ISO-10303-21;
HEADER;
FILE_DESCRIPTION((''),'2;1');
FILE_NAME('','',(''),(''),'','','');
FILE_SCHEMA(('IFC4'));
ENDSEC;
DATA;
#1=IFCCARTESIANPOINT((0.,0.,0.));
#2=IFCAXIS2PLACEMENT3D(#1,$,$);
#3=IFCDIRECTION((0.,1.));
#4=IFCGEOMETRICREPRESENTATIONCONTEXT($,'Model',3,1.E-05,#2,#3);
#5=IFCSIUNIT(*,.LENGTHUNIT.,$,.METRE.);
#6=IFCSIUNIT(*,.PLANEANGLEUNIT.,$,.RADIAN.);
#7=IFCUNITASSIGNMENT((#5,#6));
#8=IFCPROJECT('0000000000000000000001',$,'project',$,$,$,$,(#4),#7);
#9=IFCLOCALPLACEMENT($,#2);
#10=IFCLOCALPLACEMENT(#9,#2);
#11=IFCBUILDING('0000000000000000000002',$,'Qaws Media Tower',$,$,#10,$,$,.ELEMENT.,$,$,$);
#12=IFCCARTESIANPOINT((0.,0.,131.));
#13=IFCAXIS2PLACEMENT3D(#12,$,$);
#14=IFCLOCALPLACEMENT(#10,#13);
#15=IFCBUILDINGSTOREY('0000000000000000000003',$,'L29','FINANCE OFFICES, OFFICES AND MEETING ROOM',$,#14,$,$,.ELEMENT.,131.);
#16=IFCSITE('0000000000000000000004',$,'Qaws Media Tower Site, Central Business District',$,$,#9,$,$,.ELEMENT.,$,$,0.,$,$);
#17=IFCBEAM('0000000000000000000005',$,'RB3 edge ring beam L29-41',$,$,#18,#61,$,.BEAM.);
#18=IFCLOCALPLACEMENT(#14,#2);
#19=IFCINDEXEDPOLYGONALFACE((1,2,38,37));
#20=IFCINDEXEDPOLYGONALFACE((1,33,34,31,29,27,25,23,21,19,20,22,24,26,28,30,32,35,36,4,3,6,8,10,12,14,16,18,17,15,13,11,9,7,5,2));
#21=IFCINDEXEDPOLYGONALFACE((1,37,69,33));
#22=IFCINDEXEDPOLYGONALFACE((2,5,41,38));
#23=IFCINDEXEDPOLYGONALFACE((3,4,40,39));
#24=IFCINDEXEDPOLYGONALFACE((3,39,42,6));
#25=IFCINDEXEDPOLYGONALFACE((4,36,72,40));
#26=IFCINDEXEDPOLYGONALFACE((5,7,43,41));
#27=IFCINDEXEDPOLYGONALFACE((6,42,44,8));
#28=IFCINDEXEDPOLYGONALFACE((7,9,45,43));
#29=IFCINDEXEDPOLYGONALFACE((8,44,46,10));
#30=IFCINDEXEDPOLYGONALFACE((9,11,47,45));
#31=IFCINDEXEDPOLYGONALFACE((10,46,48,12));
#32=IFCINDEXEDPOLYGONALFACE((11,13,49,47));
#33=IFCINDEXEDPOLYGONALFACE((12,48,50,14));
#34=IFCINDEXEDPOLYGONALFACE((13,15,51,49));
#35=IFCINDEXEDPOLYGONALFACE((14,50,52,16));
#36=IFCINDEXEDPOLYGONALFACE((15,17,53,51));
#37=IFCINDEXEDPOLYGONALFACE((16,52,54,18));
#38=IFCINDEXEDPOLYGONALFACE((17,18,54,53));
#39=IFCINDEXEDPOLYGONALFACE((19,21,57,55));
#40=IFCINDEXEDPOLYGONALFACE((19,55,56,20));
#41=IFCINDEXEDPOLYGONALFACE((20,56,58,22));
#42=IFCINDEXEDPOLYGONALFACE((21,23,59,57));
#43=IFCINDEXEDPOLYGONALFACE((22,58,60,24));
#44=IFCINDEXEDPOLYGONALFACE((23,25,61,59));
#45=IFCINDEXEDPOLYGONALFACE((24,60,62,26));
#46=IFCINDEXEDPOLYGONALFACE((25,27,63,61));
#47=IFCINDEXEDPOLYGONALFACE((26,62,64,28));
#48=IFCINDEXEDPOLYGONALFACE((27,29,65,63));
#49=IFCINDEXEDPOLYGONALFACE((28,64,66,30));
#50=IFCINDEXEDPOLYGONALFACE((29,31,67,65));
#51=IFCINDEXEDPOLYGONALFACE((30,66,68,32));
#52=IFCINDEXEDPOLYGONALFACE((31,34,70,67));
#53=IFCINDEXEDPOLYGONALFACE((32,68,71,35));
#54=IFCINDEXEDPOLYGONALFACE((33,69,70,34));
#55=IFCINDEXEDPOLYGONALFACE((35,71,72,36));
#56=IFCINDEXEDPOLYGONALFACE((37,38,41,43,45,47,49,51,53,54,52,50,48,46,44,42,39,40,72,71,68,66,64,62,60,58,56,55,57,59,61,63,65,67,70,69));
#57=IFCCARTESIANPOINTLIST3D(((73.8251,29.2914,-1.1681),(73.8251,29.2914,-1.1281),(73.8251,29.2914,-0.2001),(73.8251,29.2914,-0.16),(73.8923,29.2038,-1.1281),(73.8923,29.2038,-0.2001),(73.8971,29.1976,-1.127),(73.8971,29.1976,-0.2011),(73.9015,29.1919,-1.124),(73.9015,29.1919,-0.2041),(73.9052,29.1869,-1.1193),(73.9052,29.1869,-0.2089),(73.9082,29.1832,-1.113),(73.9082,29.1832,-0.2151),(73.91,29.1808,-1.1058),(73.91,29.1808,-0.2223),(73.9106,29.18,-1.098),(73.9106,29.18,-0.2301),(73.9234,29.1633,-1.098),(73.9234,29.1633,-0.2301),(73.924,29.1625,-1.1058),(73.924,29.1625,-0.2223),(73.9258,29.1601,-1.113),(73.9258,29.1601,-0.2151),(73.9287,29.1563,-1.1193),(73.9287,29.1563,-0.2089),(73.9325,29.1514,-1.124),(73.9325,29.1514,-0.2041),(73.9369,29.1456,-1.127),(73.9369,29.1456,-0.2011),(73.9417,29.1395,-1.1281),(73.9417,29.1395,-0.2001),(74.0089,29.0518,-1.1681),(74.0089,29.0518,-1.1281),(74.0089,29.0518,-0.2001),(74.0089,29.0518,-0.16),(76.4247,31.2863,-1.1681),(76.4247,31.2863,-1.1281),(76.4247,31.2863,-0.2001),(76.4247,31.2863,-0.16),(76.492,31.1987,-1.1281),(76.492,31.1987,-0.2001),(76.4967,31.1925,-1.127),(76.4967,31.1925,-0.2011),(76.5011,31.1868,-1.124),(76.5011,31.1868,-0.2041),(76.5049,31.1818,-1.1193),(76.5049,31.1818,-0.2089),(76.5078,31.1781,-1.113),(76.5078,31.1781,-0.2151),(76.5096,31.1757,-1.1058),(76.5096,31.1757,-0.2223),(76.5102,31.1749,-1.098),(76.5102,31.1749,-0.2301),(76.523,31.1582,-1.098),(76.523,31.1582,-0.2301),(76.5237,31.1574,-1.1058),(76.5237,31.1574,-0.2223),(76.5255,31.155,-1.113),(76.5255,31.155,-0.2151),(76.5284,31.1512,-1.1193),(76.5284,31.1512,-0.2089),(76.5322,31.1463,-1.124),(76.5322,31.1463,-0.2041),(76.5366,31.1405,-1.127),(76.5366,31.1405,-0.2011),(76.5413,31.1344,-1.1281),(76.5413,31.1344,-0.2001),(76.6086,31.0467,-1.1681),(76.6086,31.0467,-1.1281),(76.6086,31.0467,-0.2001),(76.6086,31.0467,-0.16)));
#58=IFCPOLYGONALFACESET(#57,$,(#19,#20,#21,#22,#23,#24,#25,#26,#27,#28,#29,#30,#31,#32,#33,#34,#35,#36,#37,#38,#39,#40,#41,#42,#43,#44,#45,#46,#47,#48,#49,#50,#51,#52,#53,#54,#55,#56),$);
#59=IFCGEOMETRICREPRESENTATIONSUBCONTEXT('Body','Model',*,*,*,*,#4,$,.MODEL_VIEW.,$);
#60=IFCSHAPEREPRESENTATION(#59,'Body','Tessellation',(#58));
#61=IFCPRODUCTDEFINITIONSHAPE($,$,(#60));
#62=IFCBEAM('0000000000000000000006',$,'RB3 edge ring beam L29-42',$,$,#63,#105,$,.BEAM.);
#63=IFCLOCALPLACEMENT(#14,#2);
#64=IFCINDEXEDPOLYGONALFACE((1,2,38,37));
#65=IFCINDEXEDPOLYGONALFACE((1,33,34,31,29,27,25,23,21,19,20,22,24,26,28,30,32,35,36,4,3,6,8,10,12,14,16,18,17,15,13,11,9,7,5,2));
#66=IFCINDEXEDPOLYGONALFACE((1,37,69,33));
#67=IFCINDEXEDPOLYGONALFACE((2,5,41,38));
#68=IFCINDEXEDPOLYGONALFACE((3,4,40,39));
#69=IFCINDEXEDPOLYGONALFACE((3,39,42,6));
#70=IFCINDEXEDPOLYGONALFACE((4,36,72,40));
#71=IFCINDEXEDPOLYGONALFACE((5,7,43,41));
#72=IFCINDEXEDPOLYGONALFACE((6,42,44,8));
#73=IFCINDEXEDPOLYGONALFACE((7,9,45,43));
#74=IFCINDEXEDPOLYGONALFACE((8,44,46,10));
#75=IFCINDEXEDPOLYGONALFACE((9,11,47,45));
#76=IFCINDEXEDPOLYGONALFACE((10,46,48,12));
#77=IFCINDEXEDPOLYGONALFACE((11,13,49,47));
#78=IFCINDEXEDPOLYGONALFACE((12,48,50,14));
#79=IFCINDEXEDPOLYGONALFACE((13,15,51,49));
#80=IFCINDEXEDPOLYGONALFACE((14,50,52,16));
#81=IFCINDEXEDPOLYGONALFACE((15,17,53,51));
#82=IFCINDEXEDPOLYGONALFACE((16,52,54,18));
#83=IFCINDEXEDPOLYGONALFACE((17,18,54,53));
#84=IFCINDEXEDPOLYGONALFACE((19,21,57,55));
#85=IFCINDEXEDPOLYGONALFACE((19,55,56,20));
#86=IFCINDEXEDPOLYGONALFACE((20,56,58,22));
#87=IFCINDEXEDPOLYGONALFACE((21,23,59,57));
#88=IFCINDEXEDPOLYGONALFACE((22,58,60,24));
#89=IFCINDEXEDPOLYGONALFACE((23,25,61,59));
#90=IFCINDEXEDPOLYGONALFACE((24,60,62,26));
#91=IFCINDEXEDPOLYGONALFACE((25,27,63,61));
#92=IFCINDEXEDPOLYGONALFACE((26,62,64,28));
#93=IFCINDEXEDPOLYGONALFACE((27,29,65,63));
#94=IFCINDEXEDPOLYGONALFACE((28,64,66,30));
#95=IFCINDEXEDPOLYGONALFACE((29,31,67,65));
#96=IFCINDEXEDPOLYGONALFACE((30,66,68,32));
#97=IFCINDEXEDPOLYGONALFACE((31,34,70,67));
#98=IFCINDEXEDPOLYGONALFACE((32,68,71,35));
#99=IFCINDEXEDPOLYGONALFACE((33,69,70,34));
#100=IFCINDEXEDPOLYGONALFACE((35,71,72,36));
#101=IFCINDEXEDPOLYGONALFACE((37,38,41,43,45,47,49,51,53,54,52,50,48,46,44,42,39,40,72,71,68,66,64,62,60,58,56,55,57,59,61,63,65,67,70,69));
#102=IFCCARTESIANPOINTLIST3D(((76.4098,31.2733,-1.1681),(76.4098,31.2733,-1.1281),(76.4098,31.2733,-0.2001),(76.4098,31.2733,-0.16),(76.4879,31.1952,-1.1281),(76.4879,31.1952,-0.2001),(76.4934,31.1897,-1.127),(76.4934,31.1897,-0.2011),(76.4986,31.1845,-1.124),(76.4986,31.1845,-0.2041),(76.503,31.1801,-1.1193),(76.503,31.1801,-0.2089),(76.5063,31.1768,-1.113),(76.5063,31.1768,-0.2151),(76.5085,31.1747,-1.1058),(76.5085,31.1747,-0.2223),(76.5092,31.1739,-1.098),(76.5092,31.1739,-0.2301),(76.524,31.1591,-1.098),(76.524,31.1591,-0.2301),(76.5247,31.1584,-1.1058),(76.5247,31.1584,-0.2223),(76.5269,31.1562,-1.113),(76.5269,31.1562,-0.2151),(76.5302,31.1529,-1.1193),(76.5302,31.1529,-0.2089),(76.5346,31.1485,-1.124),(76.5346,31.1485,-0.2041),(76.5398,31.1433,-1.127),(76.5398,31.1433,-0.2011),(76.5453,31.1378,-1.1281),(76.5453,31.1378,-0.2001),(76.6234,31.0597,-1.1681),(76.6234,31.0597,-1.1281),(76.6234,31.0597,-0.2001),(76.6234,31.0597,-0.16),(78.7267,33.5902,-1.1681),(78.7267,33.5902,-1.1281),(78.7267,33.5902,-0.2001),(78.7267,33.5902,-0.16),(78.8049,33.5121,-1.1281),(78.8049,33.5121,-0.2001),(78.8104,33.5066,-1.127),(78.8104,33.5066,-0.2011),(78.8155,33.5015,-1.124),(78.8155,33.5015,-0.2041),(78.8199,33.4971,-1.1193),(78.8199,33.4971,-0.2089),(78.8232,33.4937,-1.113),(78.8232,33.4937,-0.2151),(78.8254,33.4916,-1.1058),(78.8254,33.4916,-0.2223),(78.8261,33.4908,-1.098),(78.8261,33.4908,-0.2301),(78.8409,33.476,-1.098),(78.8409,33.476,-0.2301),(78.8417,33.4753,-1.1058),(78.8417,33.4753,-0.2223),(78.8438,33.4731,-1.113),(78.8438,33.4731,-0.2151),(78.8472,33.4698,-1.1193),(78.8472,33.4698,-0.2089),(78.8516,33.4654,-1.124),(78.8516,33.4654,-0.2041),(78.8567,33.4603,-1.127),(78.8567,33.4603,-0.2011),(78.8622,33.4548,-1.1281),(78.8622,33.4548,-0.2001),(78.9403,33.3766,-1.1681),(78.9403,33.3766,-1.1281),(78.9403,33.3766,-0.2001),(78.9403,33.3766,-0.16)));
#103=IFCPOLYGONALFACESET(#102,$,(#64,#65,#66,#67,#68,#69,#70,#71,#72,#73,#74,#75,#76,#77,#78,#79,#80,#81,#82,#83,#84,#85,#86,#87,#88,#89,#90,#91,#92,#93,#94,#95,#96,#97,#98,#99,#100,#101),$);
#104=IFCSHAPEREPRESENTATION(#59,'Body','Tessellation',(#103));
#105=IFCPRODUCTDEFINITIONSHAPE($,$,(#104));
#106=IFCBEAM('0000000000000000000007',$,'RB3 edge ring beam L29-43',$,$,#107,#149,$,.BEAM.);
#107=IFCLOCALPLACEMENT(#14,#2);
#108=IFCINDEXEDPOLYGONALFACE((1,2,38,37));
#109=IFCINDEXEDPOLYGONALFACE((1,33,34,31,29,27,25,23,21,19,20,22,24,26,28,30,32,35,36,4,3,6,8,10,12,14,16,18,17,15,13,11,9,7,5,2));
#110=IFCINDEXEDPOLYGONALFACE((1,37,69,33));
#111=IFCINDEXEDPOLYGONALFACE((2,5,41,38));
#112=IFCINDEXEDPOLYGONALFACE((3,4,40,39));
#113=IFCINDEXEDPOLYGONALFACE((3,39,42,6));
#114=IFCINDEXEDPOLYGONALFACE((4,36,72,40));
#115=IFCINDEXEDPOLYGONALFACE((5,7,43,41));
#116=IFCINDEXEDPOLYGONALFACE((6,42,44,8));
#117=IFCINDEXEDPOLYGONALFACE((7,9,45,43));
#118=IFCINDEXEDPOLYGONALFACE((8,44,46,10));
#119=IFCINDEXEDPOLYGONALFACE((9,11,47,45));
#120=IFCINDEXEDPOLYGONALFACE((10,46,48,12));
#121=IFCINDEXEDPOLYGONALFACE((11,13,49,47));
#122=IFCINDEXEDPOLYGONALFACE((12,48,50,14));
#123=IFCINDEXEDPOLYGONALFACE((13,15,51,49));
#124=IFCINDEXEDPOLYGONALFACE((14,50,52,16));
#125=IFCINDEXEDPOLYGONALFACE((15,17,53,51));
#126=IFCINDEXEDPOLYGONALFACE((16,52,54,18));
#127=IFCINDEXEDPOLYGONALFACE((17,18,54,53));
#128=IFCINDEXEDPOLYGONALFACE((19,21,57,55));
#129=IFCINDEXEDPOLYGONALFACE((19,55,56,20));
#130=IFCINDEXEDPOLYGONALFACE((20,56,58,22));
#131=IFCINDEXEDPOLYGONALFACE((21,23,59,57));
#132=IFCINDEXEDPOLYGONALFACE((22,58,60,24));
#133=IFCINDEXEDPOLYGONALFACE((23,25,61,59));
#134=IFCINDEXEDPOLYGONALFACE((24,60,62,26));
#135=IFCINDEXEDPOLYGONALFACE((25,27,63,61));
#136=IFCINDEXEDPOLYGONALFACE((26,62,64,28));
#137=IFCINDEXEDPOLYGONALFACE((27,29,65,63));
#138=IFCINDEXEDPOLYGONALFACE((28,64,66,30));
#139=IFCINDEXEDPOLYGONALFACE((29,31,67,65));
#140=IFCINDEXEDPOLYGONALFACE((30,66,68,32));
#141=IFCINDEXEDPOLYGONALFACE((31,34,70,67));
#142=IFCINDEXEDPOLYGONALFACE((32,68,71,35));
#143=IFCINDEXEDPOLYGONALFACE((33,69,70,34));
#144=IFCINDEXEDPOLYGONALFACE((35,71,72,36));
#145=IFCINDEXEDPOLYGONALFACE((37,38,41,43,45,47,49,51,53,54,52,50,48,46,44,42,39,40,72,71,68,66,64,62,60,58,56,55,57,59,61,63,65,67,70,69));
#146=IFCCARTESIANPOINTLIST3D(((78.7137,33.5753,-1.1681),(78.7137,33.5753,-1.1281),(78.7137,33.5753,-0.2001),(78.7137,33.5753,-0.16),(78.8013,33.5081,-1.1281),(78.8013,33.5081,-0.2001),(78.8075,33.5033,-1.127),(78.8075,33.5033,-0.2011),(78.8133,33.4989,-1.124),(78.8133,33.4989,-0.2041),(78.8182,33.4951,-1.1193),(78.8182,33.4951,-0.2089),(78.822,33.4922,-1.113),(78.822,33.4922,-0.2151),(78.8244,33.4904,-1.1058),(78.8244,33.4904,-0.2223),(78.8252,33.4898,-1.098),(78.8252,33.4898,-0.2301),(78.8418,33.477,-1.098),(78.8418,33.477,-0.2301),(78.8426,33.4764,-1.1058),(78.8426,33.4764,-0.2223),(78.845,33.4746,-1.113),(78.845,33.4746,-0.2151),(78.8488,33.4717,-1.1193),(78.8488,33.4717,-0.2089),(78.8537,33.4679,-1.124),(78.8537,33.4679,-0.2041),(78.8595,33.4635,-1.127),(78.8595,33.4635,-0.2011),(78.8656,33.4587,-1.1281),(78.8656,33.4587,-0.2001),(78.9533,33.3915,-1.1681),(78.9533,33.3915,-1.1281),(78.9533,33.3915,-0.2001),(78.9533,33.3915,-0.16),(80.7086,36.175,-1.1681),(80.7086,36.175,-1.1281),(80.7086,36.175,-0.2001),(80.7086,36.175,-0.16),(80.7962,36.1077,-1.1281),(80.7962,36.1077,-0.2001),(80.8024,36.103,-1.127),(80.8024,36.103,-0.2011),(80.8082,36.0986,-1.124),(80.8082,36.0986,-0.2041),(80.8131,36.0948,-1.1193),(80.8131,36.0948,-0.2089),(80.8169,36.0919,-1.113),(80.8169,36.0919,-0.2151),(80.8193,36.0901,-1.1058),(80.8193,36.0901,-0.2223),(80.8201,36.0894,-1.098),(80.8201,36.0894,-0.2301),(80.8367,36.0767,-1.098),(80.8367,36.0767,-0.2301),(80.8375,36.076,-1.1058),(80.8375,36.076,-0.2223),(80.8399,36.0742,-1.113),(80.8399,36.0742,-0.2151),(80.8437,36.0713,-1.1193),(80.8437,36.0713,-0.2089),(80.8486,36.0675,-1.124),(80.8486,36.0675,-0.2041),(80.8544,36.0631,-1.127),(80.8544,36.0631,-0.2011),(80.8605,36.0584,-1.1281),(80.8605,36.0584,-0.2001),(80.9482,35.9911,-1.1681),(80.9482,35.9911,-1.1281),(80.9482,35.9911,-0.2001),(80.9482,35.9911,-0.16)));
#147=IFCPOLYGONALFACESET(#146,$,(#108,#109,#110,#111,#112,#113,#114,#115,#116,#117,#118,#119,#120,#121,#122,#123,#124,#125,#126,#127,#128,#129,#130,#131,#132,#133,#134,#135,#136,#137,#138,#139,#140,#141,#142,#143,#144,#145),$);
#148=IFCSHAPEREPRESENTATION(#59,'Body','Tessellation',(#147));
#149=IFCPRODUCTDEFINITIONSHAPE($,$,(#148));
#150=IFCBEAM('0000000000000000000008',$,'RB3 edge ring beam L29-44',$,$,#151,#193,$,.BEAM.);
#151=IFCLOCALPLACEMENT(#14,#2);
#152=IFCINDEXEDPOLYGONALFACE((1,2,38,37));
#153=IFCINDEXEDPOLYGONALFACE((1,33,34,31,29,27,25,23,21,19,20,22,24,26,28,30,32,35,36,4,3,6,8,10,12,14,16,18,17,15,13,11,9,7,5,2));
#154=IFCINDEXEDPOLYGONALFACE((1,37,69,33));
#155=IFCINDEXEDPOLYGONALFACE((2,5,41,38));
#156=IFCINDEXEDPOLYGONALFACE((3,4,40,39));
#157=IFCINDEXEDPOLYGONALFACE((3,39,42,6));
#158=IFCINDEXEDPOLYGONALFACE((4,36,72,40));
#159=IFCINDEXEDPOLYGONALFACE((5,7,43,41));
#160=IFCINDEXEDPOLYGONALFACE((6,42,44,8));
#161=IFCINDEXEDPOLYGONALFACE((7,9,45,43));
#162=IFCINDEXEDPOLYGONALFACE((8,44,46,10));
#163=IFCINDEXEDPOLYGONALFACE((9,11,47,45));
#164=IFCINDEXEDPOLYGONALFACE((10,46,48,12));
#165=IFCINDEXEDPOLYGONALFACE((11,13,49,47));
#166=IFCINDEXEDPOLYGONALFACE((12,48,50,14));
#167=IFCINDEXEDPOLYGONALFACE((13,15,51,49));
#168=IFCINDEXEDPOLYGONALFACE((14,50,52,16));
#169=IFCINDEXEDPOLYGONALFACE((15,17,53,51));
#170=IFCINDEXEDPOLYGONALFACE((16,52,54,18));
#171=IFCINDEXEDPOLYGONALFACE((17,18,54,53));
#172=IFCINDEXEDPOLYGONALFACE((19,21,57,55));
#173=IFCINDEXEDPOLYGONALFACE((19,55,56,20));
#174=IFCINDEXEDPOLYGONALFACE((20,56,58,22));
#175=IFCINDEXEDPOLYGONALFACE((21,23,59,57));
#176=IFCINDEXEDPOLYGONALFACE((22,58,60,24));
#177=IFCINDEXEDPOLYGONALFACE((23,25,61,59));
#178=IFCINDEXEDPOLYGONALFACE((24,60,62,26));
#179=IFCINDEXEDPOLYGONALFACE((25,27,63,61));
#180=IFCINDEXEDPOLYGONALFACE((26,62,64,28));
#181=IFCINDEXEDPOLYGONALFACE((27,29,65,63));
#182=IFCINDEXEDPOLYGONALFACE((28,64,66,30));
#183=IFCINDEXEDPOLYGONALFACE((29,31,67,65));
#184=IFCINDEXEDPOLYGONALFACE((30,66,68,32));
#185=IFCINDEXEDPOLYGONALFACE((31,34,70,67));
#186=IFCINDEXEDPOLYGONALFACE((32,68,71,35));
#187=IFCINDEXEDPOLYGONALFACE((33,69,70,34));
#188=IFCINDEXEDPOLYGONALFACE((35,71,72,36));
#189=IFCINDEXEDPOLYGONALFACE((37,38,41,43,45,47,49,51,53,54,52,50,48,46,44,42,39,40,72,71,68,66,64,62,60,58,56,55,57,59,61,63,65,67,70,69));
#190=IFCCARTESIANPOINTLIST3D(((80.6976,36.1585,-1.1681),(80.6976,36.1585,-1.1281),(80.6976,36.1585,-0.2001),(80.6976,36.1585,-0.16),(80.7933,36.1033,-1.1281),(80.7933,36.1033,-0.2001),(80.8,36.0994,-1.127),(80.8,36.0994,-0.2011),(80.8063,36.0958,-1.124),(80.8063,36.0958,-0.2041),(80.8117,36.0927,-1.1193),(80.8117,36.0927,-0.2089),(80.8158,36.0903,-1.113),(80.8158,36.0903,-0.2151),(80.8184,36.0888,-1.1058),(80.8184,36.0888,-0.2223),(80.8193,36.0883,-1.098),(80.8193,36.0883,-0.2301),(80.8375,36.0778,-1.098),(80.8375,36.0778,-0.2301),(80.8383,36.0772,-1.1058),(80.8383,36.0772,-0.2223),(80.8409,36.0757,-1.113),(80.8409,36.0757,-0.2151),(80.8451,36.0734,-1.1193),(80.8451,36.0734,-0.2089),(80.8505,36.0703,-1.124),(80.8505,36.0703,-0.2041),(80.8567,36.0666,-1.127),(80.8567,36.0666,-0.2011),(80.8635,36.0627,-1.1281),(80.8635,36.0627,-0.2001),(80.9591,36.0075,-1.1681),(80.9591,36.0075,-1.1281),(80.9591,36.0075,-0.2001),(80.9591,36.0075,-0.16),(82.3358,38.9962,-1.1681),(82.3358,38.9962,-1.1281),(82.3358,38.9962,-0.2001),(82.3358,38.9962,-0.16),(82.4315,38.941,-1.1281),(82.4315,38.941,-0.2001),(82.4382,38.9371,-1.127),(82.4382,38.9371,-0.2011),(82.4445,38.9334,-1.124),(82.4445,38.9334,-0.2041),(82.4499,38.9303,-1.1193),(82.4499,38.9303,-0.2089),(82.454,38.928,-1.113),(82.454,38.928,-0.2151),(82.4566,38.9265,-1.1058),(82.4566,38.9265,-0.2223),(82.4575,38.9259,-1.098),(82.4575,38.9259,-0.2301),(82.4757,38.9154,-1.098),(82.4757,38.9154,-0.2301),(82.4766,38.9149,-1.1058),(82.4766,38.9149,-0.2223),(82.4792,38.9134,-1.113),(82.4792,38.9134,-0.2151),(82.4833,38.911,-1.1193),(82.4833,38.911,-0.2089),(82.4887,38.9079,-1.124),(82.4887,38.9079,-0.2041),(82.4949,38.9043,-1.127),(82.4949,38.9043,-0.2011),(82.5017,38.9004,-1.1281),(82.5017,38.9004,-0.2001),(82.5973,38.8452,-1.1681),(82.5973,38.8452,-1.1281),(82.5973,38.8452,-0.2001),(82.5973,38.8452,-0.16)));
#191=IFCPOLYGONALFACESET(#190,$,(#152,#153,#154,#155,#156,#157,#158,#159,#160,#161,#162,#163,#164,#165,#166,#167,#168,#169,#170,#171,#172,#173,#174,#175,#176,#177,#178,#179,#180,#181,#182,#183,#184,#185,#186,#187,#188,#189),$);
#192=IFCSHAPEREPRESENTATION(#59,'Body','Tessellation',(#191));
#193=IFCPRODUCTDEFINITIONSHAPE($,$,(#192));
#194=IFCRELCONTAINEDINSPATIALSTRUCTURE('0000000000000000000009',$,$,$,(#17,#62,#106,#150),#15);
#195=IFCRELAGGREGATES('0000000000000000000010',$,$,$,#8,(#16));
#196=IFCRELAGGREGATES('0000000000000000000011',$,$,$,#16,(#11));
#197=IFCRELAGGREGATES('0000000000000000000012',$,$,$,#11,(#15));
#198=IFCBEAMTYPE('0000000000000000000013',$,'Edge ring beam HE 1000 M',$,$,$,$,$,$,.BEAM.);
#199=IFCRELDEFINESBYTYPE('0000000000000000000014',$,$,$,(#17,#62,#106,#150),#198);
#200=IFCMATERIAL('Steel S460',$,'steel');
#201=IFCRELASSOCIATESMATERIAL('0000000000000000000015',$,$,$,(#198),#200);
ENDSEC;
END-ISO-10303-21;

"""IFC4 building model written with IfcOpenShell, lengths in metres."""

from ifc_helpers import new_model, si_unit, direction, frame, origin, origin_2d, place, context, subcontext, project, spatial, i_section, extrude, material, material_profile, profile_set, type_object, element, save


model = new_model("IFC4")

# Units and contexts
model_context = context("Model", 3, precision=1e-05, world=origin(), true_north=direction((0.0, 1.0)))
body_context = subcontext(model_context, "Body", "Model", "MODEL_VIEW")
ifc_project = project(units=[si_unit("LENGTHUNIT", "METRE"), si_unit("PLANEANGLEUNIT", "RADIAN")], contexts=[model_context])

# Site, building, storey
site_placement = place(None, origin())
site = spatial("IfcSite", under=ifc_project, at=site_placement, Name="Qaws Media Tower Site, Central Business District", CompositionType="ELEMENT", RefElevation=0.0)
building_placement = place(site_placement, origin())
building = spatial("IfcBuilding", under=site, at=building_placement, Name="Qaws Media Tower", CompositionType="ELEMENT")
storey_placement = place(building_placement, frame((0.0, 0.0, 131.0)))
storey = spatial("IfcBuildingStorey", under=building, at=storey_placement, Name="L29", Description="FINANCE OFFICES, OFFICES AND MEETING ROOM", CompositionType="ELEMENT", Elevation=131.0)

# Beams
ifc_material_1 = material(Name="Steel S460", Category="steel")
ifc_material_profile_1 = material_profile(ifc_material_1, i_section(OverallWidth=0.302, OverallDepth=1.0081, WebThickness=0.021, FlangeThickness=0.04, FilletRadius=0.03, at=origin_2d()), Name="HE 1000 M")
ifc_profile_set_1 = profile_set([ifc_material_profile_1], Name="Steel S460")
beam_type = type_object("IfcBeamType", Name="Edge ring beam HE 1000 M", PredefinedType="BEAM", material=ifc_profile_set_1)
beam_1_placement = place(storey_placement, frame((73.917, 29.1716, -0.6641), z_axis=(0.793335, 0.608785, 0.0), x_axis=(-0.608785, 0.793335, 0.0)))
element("IfcBeam", 1, at=beam_1_placement, inside=storey, type_object=beam_type, Name="RB3 edge ring beam L29-41", PredefinedType="BEAM", context=body_context, shape_type="SweptSolid", body=[
    extrude(i_section(OverallWidth=0.302, OverallDepth=1.0081, WebThickness=0.021, FlangeThickness=0.04, FilletRadius=0.03, at=origin_2d()), origin(), (0.0, 0.0, 1.0), 3.2769),
])
beam_2_placement = place(storey_placement, frame((76.5166, 31.1665, -0.6641), z_axis=(0.707107, 0.707107, 0.0), x_axis=(-0.707107, 0.707107, 0.0)))
element("IfcBeam", 2, at=beam_2_placement, inside=storey, type_object=beam_type, Name="RB3 edge ring beam L29-42", PredefinedType="BEAM", context=body_context, shape_type="SweptSolid", body=[
    extrude(i_section(OverallWidth=0.302, OverallDepth=1.0081, WebThickness=0.021, FlangeThickness=0.04, FilletRadius=0.03, at=origin_2d()), origin(), (0.0, 0.0, 1.0), 3.2766),
])
beam_3_placement = place(storey_placement, frame((78.8335, 33.4834, -0.6641), z_axis=(0.608785, 0.793335, 0.0), x_axis=(-0.793335, 0.608785, 0.0)))
element("IfcBeam", 3, at=beam_3_placement, inside=storey, type_object=beam_type, Name="RB3 edge ring beam L29-43", PredefinedType="BEAM", context=body_context, shape_type="SweptSolid", body=[
    extrude(i_section(OverallWidth=0.302, OverallDepth=1.0081, WebThickness=0.021, FlangeThickness=0.04, FilletRadius=0.03, at=origin_2d()), origin(), (0.0, 0.0, 1.0), 3.2769),
])
beam_4_placement = place(storey_placement, frame((80.8284, 36.083, -0.6641), z_axis=(0.49997, 0.866043, 0.0), x_axis=(-0.866043, 0.49997, 0.0)))
element("IfcBeam", 4, at=beam_4_placement, inside=storey, type_object=beam_type, Name="RB3 edge ring beam L29-44", PredefinedType="BEAM", context=body_context, shape_type="SweptSolid", body=[
    extrude(i_section(OverallWidth=0.302, OverallDepth=1.0081, WebThickness=0.021, FlangeThickness=0.04, FilletRadius=0.03, at=origin_2d()), origin(), (0.0, 0.0, 1.0), 3.2766),
])

save(model, "model.ifc")
